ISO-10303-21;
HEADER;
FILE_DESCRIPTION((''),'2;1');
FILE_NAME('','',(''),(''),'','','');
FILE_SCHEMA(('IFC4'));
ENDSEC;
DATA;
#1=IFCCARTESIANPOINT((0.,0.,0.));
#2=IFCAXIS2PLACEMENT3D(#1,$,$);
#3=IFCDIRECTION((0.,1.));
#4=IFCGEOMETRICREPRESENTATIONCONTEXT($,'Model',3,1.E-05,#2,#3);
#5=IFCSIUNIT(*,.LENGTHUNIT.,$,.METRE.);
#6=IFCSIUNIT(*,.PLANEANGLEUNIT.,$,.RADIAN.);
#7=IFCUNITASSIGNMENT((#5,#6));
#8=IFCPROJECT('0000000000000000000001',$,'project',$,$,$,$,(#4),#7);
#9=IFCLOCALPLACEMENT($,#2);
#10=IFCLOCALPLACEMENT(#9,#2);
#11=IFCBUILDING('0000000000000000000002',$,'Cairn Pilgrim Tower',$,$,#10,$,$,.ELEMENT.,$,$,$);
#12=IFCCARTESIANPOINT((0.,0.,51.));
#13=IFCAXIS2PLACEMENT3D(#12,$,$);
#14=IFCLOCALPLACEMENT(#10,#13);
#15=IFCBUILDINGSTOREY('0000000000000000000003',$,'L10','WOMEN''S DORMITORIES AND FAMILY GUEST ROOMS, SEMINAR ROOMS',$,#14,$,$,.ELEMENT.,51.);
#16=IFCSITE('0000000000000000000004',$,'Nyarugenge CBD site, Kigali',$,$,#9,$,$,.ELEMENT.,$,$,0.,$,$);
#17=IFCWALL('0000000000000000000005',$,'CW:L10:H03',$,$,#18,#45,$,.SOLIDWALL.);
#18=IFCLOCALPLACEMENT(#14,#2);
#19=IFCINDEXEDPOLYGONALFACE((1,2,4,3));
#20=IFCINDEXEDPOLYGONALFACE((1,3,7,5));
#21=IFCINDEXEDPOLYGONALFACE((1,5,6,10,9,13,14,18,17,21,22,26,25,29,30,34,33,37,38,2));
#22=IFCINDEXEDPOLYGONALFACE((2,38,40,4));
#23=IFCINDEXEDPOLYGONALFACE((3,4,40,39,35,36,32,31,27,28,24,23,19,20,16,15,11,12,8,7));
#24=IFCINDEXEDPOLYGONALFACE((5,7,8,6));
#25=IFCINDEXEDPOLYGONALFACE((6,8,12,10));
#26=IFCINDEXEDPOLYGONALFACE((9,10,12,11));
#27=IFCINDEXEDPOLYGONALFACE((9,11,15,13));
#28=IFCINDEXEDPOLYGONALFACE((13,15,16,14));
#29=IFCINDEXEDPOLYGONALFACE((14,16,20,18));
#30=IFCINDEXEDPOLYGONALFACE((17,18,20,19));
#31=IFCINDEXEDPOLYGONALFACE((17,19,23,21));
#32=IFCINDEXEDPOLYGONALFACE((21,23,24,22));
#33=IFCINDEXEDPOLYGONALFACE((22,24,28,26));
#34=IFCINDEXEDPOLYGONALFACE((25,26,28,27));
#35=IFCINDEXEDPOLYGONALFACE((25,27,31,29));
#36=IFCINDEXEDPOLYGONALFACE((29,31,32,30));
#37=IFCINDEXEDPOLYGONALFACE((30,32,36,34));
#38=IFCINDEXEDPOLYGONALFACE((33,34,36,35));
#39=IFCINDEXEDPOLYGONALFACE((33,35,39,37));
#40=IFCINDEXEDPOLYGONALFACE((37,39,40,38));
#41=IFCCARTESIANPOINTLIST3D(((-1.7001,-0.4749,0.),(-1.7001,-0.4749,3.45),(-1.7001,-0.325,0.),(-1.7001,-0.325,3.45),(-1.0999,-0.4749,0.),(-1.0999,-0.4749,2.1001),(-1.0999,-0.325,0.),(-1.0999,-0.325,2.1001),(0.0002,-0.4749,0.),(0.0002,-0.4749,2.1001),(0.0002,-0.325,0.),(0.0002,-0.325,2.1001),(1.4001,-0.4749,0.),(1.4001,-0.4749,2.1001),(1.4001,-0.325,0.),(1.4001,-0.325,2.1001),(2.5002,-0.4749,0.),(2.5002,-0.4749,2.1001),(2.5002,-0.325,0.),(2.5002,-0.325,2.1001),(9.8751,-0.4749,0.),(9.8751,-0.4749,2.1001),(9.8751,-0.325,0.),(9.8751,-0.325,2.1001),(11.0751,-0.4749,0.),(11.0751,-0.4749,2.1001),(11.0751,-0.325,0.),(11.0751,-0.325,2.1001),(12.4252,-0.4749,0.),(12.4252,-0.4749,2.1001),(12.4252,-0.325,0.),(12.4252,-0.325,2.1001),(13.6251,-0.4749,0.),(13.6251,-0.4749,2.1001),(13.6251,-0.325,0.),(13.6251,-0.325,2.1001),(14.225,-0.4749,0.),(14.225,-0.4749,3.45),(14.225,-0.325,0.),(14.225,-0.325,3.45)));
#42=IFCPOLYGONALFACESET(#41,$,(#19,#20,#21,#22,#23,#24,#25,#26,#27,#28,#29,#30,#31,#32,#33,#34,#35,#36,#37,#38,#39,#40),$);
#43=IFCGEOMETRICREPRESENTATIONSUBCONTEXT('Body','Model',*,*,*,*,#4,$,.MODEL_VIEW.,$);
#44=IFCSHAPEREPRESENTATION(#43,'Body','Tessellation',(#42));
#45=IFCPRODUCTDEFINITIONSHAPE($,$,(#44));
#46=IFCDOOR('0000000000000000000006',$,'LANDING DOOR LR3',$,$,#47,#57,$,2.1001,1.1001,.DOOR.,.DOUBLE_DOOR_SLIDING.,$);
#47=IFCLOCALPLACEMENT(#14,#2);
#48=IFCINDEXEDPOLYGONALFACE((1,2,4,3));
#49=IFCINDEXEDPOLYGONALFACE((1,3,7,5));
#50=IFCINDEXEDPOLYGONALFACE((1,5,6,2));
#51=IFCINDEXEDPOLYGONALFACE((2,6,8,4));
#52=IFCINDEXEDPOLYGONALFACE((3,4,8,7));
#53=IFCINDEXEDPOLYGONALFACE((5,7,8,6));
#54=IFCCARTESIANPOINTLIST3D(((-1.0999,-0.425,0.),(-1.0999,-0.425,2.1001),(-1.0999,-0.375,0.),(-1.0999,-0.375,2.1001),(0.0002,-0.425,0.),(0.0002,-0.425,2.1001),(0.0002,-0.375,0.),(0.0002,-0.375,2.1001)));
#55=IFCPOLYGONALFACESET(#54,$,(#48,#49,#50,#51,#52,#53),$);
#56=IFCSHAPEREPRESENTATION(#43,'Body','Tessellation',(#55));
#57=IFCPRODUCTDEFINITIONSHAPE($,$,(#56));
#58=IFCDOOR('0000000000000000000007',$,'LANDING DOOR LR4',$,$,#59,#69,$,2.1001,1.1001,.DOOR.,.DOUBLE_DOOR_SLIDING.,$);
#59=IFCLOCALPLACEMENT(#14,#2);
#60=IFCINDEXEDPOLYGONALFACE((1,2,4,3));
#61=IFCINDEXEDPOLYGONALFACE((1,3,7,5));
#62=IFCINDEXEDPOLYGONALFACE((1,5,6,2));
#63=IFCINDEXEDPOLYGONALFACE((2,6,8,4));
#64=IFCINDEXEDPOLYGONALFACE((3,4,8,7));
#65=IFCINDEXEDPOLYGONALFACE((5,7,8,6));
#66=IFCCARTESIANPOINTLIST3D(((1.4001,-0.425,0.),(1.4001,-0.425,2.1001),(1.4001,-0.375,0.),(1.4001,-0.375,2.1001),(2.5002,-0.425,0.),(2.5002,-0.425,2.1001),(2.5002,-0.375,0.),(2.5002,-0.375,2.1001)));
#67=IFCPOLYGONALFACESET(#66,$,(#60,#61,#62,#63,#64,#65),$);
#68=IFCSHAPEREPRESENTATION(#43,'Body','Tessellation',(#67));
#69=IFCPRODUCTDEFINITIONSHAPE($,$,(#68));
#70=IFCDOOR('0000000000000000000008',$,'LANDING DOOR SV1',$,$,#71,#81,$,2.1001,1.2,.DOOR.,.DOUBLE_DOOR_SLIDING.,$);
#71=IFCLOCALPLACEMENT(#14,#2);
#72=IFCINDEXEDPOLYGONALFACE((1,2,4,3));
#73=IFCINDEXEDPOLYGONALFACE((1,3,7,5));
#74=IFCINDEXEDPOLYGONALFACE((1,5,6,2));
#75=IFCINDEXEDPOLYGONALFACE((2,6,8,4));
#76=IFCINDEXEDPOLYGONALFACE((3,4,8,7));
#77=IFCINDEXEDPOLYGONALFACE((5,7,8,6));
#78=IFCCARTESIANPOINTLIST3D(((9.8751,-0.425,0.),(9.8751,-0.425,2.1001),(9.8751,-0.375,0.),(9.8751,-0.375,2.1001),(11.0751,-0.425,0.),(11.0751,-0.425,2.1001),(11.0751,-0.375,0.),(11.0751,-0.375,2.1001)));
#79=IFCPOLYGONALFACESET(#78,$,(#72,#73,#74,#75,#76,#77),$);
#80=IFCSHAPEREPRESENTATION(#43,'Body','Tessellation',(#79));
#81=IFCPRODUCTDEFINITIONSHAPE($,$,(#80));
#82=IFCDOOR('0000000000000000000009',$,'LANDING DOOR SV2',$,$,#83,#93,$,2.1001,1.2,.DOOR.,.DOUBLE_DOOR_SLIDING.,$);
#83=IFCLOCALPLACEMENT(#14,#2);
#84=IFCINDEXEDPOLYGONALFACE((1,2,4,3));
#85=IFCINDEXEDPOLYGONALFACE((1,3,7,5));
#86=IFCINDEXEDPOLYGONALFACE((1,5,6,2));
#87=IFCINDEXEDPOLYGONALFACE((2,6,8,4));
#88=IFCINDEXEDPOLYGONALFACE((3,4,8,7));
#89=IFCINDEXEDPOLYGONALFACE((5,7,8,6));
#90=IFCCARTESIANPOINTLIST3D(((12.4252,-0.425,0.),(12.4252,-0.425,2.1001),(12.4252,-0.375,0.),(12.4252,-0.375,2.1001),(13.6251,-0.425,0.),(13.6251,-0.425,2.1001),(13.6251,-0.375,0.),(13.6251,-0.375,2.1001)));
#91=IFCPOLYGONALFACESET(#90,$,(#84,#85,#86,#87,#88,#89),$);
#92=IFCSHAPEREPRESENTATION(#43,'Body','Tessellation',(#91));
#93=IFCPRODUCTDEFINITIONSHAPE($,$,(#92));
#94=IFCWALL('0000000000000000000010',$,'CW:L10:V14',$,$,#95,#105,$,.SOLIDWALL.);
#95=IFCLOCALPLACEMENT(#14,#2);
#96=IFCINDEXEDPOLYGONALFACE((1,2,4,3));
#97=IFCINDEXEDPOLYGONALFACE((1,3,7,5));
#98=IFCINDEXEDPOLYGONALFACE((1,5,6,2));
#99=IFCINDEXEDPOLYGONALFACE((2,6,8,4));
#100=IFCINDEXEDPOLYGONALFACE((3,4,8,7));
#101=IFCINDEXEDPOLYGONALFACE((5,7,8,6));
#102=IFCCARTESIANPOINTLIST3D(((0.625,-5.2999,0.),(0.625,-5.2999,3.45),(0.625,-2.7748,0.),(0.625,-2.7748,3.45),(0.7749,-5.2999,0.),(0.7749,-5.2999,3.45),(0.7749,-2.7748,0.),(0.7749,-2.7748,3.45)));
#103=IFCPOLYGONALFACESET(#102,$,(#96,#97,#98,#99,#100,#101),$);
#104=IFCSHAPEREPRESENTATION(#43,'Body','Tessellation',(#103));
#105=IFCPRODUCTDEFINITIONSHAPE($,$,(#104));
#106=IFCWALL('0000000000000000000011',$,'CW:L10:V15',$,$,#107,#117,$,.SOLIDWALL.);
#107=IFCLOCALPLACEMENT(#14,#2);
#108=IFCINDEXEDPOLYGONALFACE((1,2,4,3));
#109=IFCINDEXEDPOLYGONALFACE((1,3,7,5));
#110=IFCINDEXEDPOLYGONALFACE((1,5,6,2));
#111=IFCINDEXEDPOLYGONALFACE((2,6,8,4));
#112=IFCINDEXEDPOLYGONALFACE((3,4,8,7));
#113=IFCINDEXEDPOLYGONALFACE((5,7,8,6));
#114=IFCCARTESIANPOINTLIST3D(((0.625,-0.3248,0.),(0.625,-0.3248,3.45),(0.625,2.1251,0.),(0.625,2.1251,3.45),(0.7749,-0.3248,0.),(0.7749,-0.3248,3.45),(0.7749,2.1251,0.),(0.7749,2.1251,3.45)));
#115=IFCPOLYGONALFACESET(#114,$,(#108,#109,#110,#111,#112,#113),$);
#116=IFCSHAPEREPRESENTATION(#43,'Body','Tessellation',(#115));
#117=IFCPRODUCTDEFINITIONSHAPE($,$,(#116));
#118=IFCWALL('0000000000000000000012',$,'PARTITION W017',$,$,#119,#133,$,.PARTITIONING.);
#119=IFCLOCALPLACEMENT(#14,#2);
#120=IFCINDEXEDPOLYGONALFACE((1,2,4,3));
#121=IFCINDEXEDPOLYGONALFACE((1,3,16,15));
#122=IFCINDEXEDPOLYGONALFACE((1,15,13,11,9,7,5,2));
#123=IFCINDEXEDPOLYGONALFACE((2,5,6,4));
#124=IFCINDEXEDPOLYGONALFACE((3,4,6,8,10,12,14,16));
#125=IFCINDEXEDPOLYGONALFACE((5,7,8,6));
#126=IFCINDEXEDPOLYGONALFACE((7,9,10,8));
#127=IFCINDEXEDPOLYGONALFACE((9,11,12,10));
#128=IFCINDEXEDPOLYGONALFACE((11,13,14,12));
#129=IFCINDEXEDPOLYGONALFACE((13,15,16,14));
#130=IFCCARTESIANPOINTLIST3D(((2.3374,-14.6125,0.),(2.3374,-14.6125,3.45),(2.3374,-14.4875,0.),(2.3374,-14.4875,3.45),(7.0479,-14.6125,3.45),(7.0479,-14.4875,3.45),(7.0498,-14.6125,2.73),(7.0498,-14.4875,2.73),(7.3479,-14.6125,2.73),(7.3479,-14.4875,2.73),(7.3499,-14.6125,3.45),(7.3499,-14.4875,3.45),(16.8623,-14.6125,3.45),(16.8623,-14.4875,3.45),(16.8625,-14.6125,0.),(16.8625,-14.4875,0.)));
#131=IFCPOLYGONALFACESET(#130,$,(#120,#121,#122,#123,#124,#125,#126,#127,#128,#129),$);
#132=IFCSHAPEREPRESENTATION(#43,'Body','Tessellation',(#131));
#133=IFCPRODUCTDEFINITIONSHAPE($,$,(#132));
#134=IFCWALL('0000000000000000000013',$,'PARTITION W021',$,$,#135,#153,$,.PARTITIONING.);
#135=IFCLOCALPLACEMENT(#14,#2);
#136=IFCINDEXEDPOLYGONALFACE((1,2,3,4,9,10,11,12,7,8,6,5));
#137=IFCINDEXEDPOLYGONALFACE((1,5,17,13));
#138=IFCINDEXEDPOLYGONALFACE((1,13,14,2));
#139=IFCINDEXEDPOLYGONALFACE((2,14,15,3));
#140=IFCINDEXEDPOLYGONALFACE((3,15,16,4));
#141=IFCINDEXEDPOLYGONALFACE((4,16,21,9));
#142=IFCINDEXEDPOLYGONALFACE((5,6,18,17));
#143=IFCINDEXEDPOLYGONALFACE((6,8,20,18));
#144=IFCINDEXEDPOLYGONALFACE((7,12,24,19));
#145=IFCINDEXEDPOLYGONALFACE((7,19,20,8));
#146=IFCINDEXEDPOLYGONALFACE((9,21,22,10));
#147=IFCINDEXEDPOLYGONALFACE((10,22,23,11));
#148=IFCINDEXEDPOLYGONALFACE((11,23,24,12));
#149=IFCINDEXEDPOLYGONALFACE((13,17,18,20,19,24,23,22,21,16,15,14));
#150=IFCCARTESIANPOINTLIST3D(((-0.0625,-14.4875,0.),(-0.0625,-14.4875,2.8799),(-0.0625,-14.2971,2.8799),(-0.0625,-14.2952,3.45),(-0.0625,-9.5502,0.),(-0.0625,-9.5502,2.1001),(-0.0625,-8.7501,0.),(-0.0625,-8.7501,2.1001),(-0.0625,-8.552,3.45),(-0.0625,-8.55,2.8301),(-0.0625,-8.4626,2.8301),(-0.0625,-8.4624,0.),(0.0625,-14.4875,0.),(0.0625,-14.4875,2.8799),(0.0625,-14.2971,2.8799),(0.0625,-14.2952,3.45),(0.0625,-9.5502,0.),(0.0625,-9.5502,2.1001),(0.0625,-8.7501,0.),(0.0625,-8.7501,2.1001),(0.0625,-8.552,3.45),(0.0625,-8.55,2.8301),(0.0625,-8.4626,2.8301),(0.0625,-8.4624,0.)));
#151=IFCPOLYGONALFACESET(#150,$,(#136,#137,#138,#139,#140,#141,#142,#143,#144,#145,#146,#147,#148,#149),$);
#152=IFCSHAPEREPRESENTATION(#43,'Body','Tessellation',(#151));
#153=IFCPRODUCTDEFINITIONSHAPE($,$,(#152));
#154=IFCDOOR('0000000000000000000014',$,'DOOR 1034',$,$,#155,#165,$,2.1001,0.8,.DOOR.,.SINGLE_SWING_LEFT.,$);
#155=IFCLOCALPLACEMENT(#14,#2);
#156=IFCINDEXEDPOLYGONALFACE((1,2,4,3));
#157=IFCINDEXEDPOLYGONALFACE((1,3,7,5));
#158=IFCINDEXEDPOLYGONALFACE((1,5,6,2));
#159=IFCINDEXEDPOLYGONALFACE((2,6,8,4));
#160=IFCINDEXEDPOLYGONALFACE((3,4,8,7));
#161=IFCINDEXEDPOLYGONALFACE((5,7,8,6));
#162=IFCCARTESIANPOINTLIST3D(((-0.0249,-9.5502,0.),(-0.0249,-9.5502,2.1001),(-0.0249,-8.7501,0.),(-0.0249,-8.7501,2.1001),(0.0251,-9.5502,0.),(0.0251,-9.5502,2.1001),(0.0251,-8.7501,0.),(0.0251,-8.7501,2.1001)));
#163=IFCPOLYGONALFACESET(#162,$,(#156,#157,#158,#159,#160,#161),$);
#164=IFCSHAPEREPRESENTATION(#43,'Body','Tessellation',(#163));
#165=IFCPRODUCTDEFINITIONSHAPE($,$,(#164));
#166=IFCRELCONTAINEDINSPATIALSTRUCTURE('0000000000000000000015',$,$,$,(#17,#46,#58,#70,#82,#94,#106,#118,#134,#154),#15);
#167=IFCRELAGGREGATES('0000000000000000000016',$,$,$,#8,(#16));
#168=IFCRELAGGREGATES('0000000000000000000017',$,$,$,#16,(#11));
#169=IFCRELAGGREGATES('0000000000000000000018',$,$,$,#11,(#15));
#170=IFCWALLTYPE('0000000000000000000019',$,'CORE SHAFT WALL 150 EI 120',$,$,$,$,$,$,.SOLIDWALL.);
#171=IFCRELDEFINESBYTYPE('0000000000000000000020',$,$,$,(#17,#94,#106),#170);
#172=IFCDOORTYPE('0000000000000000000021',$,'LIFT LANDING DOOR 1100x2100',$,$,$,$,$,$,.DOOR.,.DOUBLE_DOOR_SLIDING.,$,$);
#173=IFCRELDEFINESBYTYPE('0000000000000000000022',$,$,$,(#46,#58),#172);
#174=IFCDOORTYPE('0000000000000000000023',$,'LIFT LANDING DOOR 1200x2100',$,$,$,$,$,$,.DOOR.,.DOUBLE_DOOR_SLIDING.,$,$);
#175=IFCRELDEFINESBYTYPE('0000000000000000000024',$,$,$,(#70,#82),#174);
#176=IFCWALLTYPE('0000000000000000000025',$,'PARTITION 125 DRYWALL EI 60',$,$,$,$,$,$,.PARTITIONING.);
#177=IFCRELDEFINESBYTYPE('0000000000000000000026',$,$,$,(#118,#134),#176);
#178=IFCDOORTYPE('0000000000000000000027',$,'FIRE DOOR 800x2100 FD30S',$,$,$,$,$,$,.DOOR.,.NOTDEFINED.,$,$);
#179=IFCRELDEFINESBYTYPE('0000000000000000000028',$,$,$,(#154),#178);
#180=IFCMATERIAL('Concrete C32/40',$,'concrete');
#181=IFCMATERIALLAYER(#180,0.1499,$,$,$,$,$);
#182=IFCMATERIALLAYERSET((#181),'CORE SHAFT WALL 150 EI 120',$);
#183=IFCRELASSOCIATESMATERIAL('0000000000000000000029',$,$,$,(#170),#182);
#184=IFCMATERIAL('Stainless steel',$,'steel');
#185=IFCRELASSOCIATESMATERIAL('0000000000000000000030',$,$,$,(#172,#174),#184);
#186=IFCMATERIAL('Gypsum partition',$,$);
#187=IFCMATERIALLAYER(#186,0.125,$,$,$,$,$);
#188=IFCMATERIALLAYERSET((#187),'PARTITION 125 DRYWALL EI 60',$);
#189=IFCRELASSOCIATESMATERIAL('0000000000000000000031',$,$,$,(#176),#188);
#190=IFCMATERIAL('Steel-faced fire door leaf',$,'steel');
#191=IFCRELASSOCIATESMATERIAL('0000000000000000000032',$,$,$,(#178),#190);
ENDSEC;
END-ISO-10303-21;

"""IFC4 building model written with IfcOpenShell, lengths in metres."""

from ifc_helpers import new_model, si_unit, direction, frame, frame_2d, origin, place, context, subcontext, project, spatial, polyline, rectangle, outline, extrude, material, layer, layer_set, type_object, element, fill, save


model = new_model("IFC4")

# Units and contexts
model_context = context("Model", 3, precision=1e-05, world=origin(), true_north=direction((0.0, 1.0)))
body_context = subcontext(model_context, "Body", "Model", "MODEL_VIEW")
ifc_project = project(units=[si_unit("LENGTHUNIT", "METRE"), si_unit("PLANEANGLEUNIT", "RADIAN")], contexts=[model_context])

# Site, building, storey
site_placement = place(None, origin())
site = spatial("IfcSite", under=ifc_project, at=site_placement, Name="Nyarugenge CBD site, Kigali", CompositionType="ELEMENT", RefElevation=0.0)
building_placement = place(site_placement, origin())
building = spatial("IfcBuilding", under=site, at=building_placement, Name="Cairn Pilgrim Tower", CompositionType="ELEMENT")
storey_placement = place(building_placement, frame((0.0, 0.0, 51.0)))
storey = spatial("IfcBuildingStorey", under=building, at=storey_placement, Name="L10", Description="WOMEN'S DORMITORIES AND FAMILY GUEST ROOMS, SEMINAR ROOMS", CompositionType="ELEMENT", Elevation=51.0)

# Shared definitions
ifc_material_1 = material(Name="Concrete C32/40", Category="concrete")

# Wall, openings, doors
ifc_layer_1 = layer(ifc_material_1, 0.1499)
ifc_layer_set_1 = layer_set([ifc_layer_1], Name="CORE SHAFT WALL 150 EI 120")
wall_type_1 = type_object("IfcWallType", Name="CORE SHAFT WALL 150 EI 120", PredefinedType="SOLIDWALL", material=ifc_layer_set_1)
ifc_material_2 = material(Name="Stainless steel", Category="steel")
door_type_1 = type_object("IfcDoorType", Name="LIFT LANDING DOOR 1100x2100", OperationType="DOUBLE_DOOR_SLIDING", PredefinedType="DOOR", material=ifc_material_2)
wall_1_placement = place(storey_placement, frame((-1.7, -0.3999, 0.0), z_axis=(0.0, 0.0, 1.0), x_axis=(1.0, 0.0, 0.0)))
wall_1 = element("IfcWall", 1, at=wall_1_placement, inside=storey, type_object=wall_type_1, Name="CW:L10:H03", PredefinedType="SOLIDWALL", context=body_context, shape_type="SweptSolid", body=[
    extrude(rectangle(XDim=15.925, YDim=0.1499, at=frame_2d((7.9624, 0.0))), origin(), (0.0, 0.0, 1.0), 3.45),
])
opening_1_placement = place(wall_1_placement, frame((0.6001, 0.0, 0.0)))
opening_1 = element("IfcOpeningElement", 2, at=opening_1_placement, cuts=wall_1, PredefinedType="OPENING", context=body_context, shape_type="SweptSolid", body=[
    extrude(rectangle(XDim=1.1001, YDim=2.1001, at=frame_2d((0.55, 1.05))), frame((0.0, 0.085, 0.0), z_axis=(0.0, -1.0, 0.0), x_axis=(1.0, 0.0, 0.0)), (0.0, 0.0, 1.0), 0.1699),
])
opening_2_placement = place(wall_1_placement, frame((3.1001, 0.0, 0.0)))
opening_2 = element("IfcOpeningElement", 3, at=opening_2_placement, cuts=wall_1, PredefinedType="OPENING", context=body_context, shape_type="SweptSolid", body=[
    extrude(rectangle(XDim=1.1001, YDim=2.1001, at=frame_2d((0.55, 1.05))), frame((0.0, 0.085, 0.0), z_axis=(0.0, -1.0, 0.0), x_axis=(1.0, 0.0, 0.0)), (0.0, 0.0, 1.0), 0.1699),
])
opening_3_placement = place(wall_1_placement, frame((11.575, 0.0, 0.0)))
opening_3 = element("IfcOpeningElement", 4, at=opening_3_placement, cuts=wall_1, PredefinedType="OPENING", context=body_context, shape_type="SweptSolid", body=[
    extrude(rectangle(XDim=1.2, YDim=2.1001, at=frame_2d((0.6001, 1.05))), frame((0.0, 0.085, 0.0), z_axis=(0.0, -1.0, 0.0), x_axis=(1.0, 0.0, 0.0)), (0.0, 0.0, 1.0), 0.1699),
])
opening_4_placement = place(wall_1_placement, frame((14.125, 0.0, 0.0)))
opening_4 = element("IfcOpeningElement", 5, at=opening_4_placement, cuts=wall_1, PredefinedType="OPENING", context=body_context, shape_type="SweptSolid", body=[
    extrude(rectangle(XDim=1.2, YDim=2.1001, at=frame_2d((0.6001, 1.05))), frame((0.0, 0.085, 0.0), z_axis=(0.0, -1.0, 0.0), x_axis=(1.0, 0.0, 0.0)), (0.0, 0.0, 1.0), 0.1699),
])
door_1_placement = place(opening_1_placement, origin())
door_1 = element("IfcDoor", 6, at=door_1_placement, inside=storey, type_object=door_type_1, Name="LANDING DOOR LR3", OperationType="DOUBLE_DOOR_SLIDING", OverallHeight=2.1001, OverallWidth=1.1001, PredefinedType="DOOR", context=body_context, shape_type="SweptSolid", body=[
    extrude(rectangle(XDim=1.1001, YDim=2.1001, at=frame_2d((0.55, 1.05))), frame((0.0, 0.0249, 0.0), z_axis=(0.0, -1.0, 0.0), x_axis=(1.0, 0.0, 0.0)), (0.0, 0.0, 1.0), 0.05),
])
fill(opening_1, door_1)
door_2_placement = place(opening_2_placement, origin())
door_2 = element("IfcDoor", 7, at=door_2_placement, inside=storey, type_object=door_type_1, Name="LANDING DOOR LR4", OperationType="DOUBLE_DOOR_SLIDING", OverallHeight=2.1001, OverallWidth=1.1001, PredefinedType="DOOR", context=body_context, shape_type="SweptSolid", body=[
    extrude(rectangle(XDim=1.1001, YDim=2.1001, at=frame_2d((0.55, 1.05))), frame((0.0, 0.0249, 0.0), z_axis=(0.0, -1.0, 0.0), x_axis=(1.0, 0.0, 0.0)), (0.0, 0.0, 1.0), 0.05),
])
fill(opening_2, door_2)
door_type_2 = type_object("IfcDoorType", Name="LIFT LANDING DOOR 1200x2100", OperationType="DOUBLE_DOOR_SLIDING", PredefinedType="DOOR", material=ifc_material_2)
door_3_placement = place(opening_3_placement, origin())
door_3 = element("IfcDoor", 8, at=door_3_placement, inside=storey, type_object=door_type_2, Name="LANDING DOOR SV1", OperationType="DOUBLE_DOOR_SLIDING", OverallHeight=2.1001, OverallWidth=1.2, PredefinedType="DOOR", context=body_context, shape_type="SweptSolid", body=[
    extrude(rectangle(XDim=1.2, YDim=2.1001, at=frame_2d((0.6001, 1.05))), frame((0.0, 0.0249, 0.0), z_axis=(0.0, -1.0, 0.0), x_axis=(1.0, 0.0, 0.0)), (0.0, 0.0, 1.0), 0.05),
])
fill(opening_3, door_3)
door_4_placement = place(opening_4_placement, origin())
door_4 = element("IfcDoor", 9, at=door_4_placement, inside=storey, type_object=door_type_2, Name="LANDING DOOR SV2", OperationType="DOUBLE_DOOR_SLIDING", OverallHeight=2.1001, OverallWidth=1.2, PredefinedType="DOOR", context=body_context, shape_type="SweptSolid", body=[
    extrude(rectangle(XDim=1.2, YDim=2.1001, at=frame_2d((0.6001, 1.05))), frame((0.0, 0.0249, 0.0), z_axis=(0.0, -1.0, 0.0), x_axis=(1.0, 0.0, 0.0)), (0.0, 0.0, 1.0), 0.05),
])
fill(opening_4, door_4)

# Walls
wall_2_placement = place(storey_placement, frame((0.7, -5.3, 0.0), z_axis=(0.0, 0.0, 1.0), x_axis=(0.0, 1.0, 0.0)))
element("IfcWall", 10, at=wall_2_placement, inside=storey, type_object=wall_type_1, Name="CW:L10:V14", PredefinedType="SOLIDWALL", context=body_context, shape_type="SweptSolid", body=[
    extrude(rectangle(XDim=2.5251, YDim=0.1499, at=frame_2d((1.2627, 0.0))), origin(), (0.0, 0.0, 1.0), 3.45),
])
wall_3_placement = place(storey_placement, frame((0.7, -0.325, 0.0), z_axis=(0.0, 0.0, 1.0), x_axis=(0.0, 1.0, 0.0)))
element("IfcWall", 11, at=wall_3_placement, inside=storey, type_object=wall_type_1, Name="CW:L10:V15", PredefinedType="SOLIDWALL", context=body_context, shape_type="SweptSolid", body=[
    extrude(rectangle(XDim=2.45, YDim=0.1499, at=frame_2d((1.2251, 0.0))), origin(), (0.0, 0.0, 1.0), 3.45),
])
ifc_material_3 = material(Name="Gypsum partition")
ifc_layer_2 = layer(ifc_material_3, 0.125)
ifc_layer_set_2 = layer_set([ifc_layer_2], Name="PARTITION 125 DRYWALL EI 60")
wall_type_2 = type_object("IfcWallType", Name="PARTITION 125 DRYWALL EI 60", PredefinedType="PARTITIONING", material=ifc_layer_set_2)
wall_4_placement = place(storey_placement, frame((2.3374, -14.55, 0.0), z_axis=(0.0, 0.0, 1.0), x_axis=(1.0, 0.0, 0.0)))
element("IfcWall", 12, at=wall_4_placement, inside=storey, type_object=wall_type_2, Name="PARTITION W017", PredefinedType="PARTITIONING", context=body_context, shape_type="SweptSolid", body=[
    extrude(outline(polyline([(0.0, 0.0), (14.5251, 0.0), (14.5249, 3.45), (5.0125, 3.45), (5.0105, 2.73), (4.7124, 2.73), (4.7104, 3.45), (0.0, 3.45), (0.0, 0.0)])), frame((0.0, 0.0625, 0.0), z_axis=(0.0, -1.0, 0.0), x_axis=(1.0, 0.0, 0.0)), (0.0, 0.0, 1.0), 0.125),
])

# Wall, opening, door
wall_5_placement = place(storey_placement, frame((0.0, -14.4875, 0.0), z_axis=(0.0, 0.0, 1.0), x_axis=(0.0, 1.0, 0.0)))
wall_5 = element("IfcWall", 13, at=wall_5_placement, inside=storey, type_object=wall_type_2, Name="PARTITION W021", PredefinedType="PARTITIONING", context=body_context, shape_type="SweptSolid", body=[
    extrude(outline(polyline([(0.0, 0.0), (6.0251, 0.0), (6.0249, 2.8301), (5.9375, 2.8301), (5.9355, 3.45), (0.1924, 3.45), (0.1904, 2.8799), (0.0, 2.8799), (0.0, 0.0)])), frame((0.0, 0.0625, 0.0), z_axis=(0.0, -1.0, 0.0), x_axis=(1.0, 0.0, 0.0)), (0.0, 0.0, 1.0), 0.125),
])
opening_5_placement = place(wall_5_placement, frame((4.9375, 0.0, 0.0)))
opening_5 = element("IfcOpeningElement", 14, at=opening_5_placement, cuts=wall_5, PredefinedType="OPENING", context=body_context, shape_type="SweptSolid", body=[
    extrude(rectangle(XDim=0.8, YDim=2.1001, at=frame_2d((0.3999, 1.05))), frame((0.0, 0.0725, 0.0), z_axis=(0.0, -1.0, 0.0), x_axis=(1.0, 0.0, 0.0)), (0.0, 0.0, 1.0), 0.145),
])
ifc_material_4 = material(Name="Steel-faced fire door leaf", Category="steel")
door_type_3 = type_object("IfcDoorType", Name="FIRE DOOR 800x2100 FD30S", OperationType="NOTDEFINED", PredefinedType="DOOR", material=ifc_material_4)
door_5_placement = place(opening_5_placement, origin())
door_5 = element("IfcDoor", 15, at=door_5_placement, inside=storey, type_object=door_type_3, Name="DOOR 1034", OperationType="SINGLE_SWING_LEFT", OverallHeight=2.1001, OverallWidth=0.8, PredefinedType="DOOR", context=body_context, shape_type="SweptSolid", body=[
    extrude(rectangle(XDim=0.8, YDim=2.1001, at=frame_2d((0.3999, 1.05))), frame((0.0, 0.0249, 0.0), z_axis=(0.0, -1.0, 0.0), x_axis=(1.0, 0.0, 0.0)), (0.0, 0.0, 1.0), 0.05),
])
fill(opening_5, door_5)

save(model, "model.ifc")
